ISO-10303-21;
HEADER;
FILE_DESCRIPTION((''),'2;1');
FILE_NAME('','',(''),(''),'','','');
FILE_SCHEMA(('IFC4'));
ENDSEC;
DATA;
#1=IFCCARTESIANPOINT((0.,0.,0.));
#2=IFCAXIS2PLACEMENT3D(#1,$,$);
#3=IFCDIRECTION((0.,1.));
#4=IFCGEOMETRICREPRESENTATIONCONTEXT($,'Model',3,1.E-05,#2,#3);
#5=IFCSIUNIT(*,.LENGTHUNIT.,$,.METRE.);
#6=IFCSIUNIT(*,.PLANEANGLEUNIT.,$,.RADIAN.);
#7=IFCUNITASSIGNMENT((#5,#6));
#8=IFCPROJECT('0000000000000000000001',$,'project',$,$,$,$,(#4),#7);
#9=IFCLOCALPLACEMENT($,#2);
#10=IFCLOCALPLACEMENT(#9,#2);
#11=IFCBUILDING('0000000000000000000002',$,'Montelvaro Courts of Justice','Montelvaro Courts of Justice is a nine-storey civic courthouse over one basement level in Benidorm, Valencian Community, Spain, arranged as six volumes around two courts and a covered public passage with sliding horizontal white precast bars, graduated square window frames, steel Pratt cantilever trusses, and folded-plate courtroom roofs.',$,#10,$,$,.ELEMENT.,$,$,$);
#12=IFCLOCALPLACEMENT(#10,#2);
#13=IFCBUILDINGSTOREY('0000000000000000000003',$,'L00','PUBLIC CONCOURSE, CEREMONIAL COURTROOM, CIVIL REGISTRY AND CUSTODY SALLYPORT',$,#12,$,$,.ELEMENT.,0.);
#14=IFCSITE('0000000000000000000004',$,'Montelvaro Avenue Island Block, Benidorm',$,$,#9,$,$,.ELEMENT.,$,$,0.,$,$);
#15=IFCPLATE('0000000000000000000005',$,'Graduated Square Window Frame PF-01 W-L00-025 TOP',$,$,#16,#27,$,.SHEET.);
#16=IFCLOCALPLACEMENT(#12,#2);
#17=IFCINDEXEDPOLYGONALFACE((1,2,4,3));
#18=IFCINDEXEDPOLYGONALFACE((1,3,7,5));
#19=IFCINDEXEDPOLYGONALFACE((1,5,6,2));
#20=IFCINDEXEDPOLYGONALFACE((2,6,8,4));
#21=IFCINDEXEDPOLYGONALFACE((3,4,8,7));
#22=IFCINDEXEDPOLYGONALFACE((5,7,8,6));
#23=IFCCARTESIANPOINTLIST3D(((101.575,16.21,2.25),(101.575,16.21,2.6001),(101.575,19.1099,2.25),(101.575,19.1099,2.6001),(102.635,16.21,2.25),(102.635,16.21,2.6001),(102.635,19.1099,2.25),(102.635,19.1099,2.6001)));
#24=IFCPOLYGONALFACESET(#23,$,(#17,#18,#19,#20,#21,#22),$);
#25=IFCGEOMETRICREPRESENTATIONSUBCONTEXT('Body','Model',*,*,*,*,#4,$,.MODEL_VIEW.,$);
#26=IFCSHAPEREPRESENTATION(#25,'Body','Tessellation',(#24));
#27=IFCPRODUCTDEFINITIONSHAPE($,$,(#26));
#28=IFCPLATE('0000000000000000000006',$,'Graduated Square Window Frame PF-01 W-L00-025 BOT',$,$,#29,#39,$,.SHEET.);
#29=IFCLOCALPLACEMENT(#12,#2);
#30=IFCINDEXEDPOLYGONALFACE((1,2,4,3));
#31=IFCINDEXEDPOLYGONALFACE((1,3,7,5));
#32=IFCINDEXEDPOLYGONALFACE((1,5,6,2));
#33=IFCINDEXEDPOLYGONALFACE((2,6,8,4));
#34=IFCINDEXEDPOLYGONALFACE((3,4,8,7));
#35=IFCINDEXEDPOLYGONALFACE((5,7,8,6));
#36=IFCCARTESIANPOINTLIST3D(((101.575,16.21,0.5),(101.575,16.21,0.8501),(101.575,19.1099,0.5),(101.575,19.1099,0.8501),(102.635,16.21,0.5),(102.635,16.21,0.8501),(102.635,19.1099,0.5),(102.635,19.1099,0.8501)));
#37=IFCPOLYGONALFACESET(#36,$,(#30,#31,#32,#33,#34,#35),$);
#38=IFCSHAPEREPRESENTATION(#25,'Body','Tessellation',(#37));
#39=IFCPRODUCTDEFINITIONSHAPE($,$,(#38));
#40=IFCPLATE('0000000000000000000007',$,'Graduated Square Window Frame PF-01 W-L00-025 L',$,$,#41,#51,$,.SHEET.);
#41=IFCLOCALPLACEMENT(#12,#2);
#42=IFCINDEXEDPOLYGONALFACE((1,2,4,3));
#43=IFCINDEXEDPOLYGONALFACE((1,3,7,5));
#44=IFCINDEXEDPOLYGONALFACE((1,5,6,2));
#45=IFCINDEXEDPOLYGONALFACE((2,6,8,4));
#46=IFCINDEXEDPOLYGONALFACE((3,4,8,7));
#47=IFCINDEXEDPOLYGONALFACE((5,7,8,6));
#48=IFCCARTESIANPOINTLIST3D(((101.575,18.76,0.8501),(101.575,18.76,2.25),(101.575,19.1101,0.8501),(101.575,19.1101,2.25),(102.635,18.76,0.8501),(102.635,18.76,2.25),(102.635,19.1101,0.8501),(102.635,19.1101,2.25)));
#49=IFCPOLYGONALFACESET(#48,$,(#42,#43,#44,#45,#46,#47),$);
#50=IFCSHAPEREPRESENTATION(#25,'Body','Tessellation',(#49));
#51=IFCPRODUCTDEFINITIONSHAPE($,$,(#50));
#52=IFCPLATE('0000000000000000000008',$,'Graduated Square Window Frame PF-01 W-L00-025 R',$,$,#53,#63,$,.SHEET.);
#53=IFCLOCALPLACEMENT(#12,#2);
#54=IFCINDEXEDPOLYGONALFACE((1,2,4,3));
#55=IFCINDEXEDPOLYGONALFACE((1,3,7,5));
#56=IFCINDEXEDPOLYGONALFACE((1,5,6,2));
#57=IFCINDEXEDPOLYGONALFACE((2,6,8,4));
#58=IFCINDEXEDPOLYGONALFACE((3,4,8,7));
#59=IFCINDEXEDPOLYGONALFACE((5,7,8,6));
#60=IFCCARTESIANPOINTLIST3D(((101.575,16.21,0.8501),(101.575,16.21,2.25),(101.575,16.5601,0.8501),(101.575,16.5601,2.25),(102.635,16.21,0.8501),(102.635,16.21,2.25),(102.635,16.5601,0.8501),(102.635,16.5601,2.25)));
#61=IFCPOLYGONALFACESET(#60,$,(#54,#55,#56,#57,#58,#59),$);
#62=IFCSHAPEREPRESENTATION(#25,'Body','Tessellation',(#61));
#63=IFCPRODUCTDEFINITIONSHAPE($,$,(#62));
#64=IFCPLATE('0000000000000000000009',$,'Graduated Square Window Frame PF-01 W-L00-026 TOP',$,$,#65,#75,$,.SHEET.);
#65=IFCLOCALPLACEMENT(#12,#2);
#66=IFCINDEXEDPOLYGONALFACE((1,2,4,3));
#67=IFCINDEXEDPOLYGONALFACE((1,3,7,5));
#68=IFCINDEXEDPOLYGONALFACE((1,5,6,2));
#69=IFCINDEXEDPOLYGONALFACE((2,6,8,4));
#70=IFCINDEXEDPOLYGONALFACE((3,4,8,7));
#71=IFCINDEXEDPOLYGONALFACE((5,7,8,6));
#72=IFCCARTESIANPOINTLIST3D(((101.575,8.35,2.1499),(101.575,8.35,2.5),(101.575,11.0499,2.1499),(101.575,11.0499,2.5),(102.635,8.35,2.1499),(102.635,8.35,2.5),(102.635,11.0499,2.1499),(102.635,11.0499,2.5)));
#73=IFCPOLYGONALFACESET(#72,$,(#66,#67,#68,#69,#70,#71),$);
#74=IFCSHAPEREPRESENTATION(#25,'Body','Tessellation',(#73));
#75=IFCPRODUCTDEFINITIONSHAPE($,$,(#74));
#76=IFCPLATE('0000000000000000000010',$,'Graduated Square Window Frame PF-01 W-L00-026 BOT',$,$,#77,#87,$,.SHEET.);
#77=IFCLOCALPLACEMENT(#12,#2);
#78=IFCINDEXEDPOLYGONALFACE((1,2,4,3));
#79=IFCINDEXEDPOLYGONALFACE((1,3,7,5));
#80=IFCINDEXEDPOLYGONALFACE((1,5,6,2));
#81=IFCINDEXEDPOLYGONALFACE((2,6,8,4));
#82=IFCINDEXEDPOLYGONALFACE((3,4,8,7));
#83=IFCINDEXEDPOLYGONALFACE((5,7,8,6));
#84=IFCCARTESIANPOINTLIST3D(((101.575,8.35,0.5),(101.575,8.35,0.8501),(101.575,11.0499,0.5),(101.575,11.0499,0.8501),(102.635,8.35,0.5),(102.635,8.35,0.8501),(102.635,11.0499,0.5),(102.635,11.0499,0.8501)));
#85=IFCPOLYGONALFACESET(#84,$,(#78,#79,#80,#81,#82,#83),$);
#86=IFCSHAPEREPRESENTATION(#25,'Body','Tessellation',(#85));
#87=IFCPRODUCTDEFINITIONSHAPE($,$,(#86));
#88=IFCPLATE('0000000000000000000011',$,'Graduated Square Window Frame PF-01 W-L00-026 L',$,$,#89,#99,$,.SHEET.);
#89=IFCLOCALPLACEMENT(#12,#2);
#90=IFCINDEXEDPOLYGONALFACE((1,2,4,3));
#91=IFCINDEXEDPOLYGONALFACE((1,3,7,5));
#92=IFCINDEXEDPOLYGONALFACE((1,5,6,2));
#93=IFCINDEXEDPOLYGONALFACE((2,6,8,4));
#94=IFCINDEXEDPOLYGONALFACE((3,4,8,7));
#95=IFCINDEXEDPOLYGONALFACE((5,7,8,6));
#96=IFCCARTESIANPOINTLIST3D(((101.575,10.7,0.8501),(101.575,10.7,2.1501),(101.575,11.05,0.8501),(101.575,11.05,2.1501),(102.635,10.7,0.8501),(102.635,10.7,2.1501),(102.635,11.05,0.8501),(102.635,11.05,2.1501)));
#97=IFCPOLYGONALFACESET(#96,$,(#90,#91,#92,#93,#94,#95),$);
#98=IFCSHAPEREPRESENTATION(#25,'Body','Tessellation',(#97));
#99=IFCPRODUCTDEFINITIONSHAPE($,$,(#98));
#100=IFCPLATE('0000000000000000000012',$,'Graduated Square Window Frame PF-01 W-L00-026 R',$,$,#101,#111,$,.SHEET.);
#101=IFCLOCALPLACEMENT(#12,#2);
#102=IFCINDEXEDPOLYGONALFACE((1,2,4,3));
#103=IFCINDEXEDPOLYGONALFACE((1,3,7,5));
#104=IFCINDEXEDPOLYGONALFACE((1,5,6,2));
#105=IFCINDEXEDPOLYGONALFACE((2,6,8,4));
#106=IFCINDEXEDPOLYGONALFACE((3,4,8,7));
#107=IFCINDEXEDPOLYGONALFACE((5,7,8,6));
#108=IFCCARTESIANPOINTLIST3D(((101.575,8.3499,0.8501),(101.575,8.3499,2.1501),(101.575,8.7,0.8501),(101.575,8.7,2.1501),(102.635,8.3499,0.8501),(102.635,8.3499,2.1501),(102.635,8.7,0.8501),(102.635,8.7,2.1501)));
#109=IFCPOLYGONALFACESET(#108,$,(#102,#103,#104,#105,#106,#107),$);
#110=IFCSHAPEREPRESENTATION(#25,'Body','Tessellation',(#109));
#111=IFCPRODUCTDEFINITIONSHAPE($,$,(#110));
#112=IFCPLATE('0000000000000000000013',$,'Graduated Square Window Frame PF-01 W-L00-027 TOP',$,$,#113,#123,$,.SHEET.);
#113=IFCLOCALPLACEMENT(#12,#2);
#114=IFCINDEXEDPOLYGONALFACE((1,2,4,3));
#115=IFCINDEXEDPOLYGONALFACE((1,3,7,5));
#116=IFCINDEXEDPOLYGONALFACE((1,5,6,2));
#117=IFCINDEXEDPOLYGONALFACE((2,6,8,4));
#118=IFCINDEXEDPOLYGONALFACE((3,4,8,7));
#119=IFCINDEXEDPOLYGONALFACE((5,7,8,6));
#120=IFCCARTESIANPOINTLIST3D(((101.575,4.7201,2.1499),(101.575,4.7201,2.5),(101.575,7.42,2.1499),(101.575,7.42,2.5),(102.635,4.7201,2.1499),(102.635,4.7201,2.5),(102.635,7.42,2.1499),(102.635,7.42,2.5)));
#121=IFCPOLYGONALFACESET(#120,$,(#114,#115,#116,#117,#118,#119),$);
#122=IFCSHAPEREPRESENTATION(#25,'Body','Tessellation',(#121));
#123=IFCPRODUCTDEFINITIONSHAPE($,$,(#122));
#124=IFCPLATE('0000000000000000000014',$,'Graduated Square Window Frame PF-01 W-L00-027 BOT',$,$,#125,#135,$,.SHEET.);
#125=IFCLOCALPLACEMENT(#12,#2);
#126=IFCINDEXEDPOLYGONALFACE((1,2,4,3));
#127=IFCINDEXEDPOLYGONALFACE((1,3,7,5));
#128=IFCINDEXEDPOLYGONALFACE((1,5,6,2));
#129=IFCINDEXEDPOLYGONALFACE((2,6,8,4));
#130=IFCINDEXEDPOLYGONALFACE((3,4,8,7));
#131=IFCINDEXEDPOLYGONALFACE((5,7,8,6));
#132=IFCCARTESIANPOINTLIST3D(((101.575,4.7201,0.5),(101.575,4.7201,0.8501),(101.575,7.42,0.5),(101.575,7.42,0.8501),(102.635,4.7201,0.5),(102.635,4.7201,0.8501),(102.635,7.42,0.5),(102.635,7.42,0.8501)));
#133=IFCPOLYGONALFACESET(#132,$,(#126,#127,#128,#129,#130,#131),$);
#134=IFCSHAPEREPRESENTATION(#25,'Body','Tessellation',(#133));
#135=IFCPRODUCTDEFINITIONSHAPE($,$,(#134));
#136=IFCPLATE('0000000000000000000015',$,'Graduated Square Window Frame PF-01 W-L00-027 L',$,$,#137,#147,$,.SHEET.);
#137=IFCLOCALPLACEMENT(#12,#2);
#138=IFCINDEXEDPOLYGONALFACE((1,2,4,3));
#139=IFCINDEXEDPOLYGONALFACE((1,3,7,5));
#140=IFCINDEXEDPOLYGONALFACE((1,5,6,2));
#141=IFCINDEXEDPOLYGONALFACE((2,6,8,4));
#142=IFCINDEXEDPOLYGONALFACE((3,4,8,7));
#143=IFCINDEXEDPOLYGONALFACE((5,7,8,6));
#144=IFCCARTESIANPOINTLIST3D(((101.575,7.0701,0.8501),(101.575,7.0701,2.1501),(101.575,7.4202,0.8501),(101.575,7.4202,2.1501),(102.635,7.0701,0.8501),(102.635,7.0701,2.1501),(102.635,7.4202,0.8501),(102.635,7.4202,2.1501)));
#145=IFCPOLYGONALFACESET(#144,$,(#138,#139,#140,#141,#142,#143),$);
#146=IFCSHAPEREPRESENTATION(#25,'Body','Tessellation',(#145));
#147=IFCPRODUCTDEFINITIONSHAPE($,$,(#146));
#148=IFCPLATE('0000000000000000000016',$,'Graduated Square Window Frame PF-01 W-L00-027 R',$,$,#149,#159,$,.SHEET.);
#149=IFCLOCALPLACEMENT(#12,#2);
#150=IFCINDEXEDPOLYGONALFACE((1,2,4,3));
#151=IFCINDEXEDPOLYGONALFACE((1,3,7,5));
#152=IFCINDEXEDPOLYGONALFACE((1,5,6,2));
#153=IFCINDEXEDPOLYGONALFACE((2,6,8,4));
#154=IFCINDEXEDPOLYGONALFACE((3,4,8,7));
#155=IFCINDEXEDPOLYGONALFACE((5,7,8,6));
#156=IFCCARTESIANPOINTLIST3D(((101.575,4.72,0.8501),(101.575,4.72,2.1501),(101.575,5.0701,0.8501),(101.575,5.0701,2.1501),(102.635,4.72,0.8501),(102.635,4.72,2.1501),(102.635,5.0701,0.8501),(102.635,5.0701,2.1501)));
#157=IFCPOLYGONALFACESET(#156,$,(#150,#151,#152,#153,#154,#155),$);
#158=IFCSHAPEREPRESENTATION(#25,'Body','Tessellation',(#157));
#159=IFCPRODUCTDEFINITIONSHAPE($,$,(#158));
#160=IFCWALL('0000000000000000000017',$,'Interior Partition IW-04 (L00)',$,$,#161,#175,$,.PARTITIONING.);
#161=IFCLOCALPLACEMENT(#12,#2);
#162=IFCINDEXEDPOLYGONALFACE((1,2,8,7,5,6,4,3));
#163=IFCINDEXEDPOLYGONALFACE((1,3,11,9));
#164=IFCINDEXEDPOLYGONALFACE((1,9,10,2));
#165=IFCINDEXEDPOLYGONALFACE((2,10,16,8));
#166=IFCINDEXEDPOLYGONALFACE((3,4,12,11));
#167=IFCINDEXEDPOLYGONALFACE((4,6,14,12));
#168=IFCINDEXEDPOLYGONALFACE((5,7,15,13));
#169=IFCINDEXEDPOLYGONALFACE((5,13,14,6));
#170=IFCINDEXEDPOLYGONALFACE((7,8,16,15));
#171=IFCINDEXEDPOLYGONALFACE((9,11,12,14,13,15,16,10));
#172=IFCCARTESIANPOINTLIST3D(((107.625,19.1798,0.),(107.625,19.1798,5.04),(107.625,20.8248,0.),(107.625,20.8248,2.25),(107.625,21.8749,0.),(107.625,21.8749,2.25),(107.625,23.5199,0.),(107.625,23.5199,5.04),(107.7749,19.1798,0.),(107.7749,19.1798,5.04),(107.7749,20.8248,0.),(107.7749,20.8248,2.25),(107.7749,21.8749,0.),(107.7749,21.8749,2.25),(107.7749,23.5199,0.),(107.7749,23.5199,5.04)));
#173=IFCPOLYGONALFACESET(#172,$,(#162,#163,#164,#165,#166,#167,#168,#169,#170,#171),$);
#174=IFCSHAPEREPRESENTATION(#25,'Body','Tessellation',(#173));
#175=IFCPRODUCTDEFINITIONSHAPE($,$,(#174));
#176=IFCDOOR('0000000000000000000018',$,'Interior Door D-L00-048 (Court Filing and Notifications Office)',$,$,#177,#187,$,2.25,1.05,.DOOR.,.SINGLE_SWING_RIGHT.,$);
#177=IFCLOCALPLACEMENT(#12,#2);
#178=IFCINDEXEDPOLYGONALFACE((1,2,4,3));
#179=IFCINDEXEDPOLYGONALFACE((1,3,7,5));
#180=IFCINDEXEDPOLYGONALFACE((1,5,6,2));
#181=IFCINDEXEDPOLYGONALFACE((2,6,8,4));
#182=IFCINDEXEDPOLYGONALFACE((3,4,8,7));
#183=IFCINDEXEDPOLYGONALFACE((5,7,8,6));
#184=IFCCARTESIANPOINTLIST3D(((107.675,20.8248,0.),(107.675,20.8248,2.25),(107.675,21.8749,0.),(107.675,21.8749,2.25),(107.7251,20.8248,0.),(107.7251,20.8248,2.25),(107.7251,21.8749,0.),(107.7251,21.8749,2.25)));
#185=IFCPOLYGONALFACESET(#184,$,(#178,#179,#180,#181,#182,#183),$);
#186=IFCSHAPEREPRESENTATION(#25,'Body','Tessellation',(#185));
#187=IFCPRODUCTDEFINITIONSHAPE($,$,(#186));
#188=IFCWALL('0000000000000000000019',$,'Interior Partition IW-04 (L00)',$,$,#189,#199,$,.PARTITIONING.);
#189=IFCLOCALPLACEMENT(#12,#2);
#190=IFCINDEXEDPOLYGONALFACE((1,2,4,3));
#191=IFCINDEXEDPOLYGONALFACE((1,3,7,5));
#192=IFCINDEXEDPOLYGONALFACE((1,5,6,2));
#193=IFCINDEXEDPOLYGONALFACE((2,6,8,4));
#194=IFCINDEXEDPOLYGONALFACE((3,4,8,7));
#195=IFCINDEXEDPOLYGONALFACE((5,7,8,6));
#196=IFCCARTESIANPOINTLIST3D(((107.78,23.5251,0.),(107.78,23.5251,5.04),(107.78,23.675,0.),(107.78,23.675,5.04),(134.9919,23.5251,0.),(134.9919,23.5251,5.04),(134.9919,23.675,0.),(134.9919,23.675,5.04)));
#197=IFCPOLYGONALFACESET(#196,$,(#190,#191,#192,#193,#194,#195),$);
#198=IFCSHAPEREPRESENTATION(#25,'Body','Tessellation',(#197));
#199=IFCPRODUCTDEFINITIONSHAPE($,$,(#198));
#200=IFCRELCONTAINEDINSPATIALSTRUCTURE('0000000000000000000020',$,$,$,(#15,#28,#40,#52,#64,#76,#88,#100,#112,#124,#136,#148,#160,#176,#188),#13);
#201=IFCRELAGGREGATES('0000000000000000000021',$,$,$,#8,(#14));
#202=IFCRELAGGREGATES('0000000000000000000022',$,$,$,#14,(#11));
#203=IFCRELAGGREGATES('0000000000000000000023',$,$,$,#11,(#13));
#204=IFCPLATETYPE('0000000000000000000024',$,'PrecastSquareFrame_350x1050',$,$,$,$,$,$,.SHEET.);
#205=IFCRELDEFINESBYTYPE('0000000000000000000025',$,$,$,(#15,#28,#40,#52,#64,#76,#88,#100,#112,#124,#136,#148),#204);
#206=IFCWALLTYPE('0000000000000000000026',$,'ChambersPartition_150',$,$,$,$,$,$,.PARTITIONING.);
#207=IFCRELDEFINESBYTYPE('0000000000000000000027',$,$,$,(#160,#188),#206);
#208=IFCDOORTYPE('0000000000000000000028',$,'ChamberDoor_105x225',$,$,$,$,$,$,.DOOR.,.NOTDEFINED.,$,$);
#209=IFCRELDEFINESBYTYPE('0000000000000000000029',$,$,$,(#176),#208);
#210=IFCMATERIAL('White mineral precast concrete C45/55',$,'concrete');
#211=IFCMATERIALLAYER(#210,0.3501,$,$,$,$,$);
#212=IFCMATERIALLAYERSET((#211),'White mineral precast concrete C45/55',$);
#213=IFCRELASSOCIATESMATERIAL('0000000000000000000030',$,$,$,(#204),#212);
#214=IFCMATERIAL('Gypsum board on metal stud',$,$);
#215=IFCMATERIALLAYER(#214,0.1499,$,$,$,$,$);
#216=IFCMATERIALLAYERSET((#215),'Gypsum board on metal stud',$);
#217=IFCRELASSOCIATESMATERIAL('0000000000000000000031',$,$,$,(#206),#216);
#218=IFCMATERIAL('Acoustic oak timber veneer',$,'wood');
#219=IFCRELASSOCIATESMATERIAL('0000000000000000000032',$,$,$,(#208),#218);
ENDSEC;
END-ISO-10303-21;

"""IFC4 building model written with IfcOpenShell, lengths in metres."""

from ifc_helpers import new_model, si_unit, direction, frame, frame_2d, origin, origin_2d, place, context, subcontext, project, spatial, rectangle, extrude, material, layer, layer_set, type_object, element, fill, save


model = new_model("IFC4")

# Units and contexts
model_context = context("Model", 3, precision=1e-05, world=origin(), true_north=direction((0.0, 1.0)))
body_context = subcontext(model_context, "Body", "Model", "MODEL_VIEW")
ifc_project = project(units=[si_unit("LENGTHUNIT", "METRE"), si_unit("PLANEANGLEUNIT", "RADIAN")], contexts=[model_context])

# Site, building, storey
site_placement = place(None, origin())
site = spatial("IfcSite", under=ifc_project, at=site_placement, Name="Montelvaro Avenue Island Block, Benidorm", CompositionType="ELEMENT", RefElevation=0.0)
building_placement = place(site_placement, origin())
building = spatial("IfcBuilding", under=site, at=building_placement, Name="Montelvaro Courts of Justice", Description="Montelvaro Courts of Justice is a nine-storey civic courthouse over one basement level in Benidorm, Valencian Community, Spain, arranged as six volumes around two courts and a covered public passage with sliding horizontal white precast bars, graduated square window frames, steel Pratt cantilever trusses, and folded-plate courtroom roofs.", CompositionType="ELEMENT")
storey_placement = place(building_placement, origin())
storey = spatial("IfcBuildingStorey", under=building, at=storey_placement, Name="L00", Description="PUBLIC CONCOURSE, CEREMONIAL COURTROOM, CIVIL REGISTRY AND CUSTODY SALLYPORT", CompositionType="ELEMENT", Elevation=0.0)

# Plates
ifc_material_1 = material(Name="White mineral precast concrete C45/55", Category="concrete")
ifc_layer_1 = layer(ifc_material_1, 0.3501)
ifc_layer_set_1 = layer_set([ifc_layer_1], Name="White mineral precast concrete C45/55")
plate_type = type_object("IfcPlateType", Name="PrecastSquareFrame_350x1050", PredefinedType="SHEET", material=ifc_layer_set_1)
for number, where, z_axis, x_axis, name in (
    (1, (102.105, 17.6599, 2.25), (0.0, 0.0, 1.0), (0.0, -1.0, 0.0), "Graduated Square Window Frame PF-01 W-L00-025 TOP"),
    (2, (102.105, 17.6599, 0.5), (0.0, 0.0, 1.0), (0.0, -1.0, 0.0), "Graduated Square Window Frame PF-01 W-L00-025 BOT"),
):
    element("IfcPlate", number, at=place(storey_placement, frame(where, z_axis=z_axis, x_axis=x_axis)), inside=storey, type_object=plate_type, Name=name, PredefinedType="SHEET", context=body_context, shape_type="SweptSolid", body=[
        extrude(rectangle(XDim=2.8999, YDim=1.0601, at=origin_2d()), origin(), (0.0, 0.0, 1.0), 0.3501),
    ])
for number, where, z_axis, x_axis, name in (
    (3, (102.105, 18.9351, 0.8501), (0.0, 0.0, 1.0), (0.0, -1.0, 0.0), "Graduated Square Window Frame PF-01 W-L00-025 L"),
    (4, (102.105, 16.385, 0.8501), (0.0, 0.0, 1.0), (0.0, -1.0, 0.0), "Graduated Square Window Frame PF-01 W-L00-025 R"),
):
    element("IfcPlate", number, at=place(storey_placement, frame(where, z_axis=z_axis, x_axis=x_axis)), inside=storey, type_object=plate_type, Name=name, PredefinedType="SHEET", context=body_context, shape_type="SweptSolid", body=[
        extrude(rectangle(XDim=0.3501, YDim=1.0601, at=origin_2d()), origin(), (0.0, 0.0, 1.0), 1.3999),
    ])
for number, where, z_axis, x_axis, name in (
    (5, (102.105, 9.7, 2.1499), (0.0, 0.0, 1.0), (0.0, -1.0, 0.0), "Graduated Square Window Frame PF-01 W-L00-026 TOP"),
    (6, (102.105, 9.7, 0.5), (0.0, 0.0, 1.0), (0.0, -1.0, 0.0), "Graduated Square Window Frame PF-01 W-L00-026 BOT"),
):
    element("IfcPlate", number, at=place(storey_placement, frame(where, z_axis=z_axis, x_axis=x_axis)), inside=storey, type_object=plate_type, Name=name, PredefinedType="SHEET", context=body_context, shape_type="SweptSolid", body=[
        extrude(rectangle(XDim=2.7, YDim=1.0601, at=origin_2d()), origin(), (0.0, 0.0, 1.0), 0.3501),
    ])
for number, where, z_axis, x_axis, name in (
    (7, (102.105, 10.875, 0.8501), (0.0, 0.0, 1.0), (0.0, -1.0, 0.0), "Graduated Square Window Frame PF-01 W-L00-026 L"),
    (8, (102.105, 8.5249, 0.8501), (0.0, 0.0, 1.0), (0.0, -1.0, 0.0), "Graduated Square Window Frame PF-01 W-L00-026 R"),
):
    element("IfcPlate", number, at=place(storey_placement, frame(where, z_axis=z_axis, x_axis=x_axis)), inside=storey, type_object=plate_type, Name=name, PredefinedType="SHEET", context=body_context, shape_type="SweptSolid", body=[
        extrude(rectangle(XDim=0.3501, YDim=1.0601, at=origin_2d()), origin(), (0.0, 0.0, 1.0), 1.3),
    ])
for number, where, z_axis, x_axis, name in (
    (9, (102.105, 6.0701, 2.1499), (0.0, 0.0, 1.0), (0.0, -1.0, 0.0), "Graduated Square Window Frame PF-01 W-L00-027 TOP"),
    (10, (102.105, 6.0701, 0.5), (0.0, 0.0, 1.0), (0.0, -1.0, 0.0), "Graduated Square Window Frame PF-01 W-L00-027 BOT"),
):
    element("IfcPlate", number, at=place(storey_placement, frame(where, z_axis=z_axis, x_axis=x_axis)), inside=storey, type_object=plate_type, Name=name, PredefinedType="SHEET", context=body_context, shape_type="SweptSolid", body=[
        extrude(rectangle(XDim=2.7, YDim=1.0601, at=origin_2d()), origin(), (0.0, 0.0, 1.0), 0.3501),
    ])
for number, where, z_axis, x_axis, name in (
    (11, (102.105, 7.2451, 0.8501), (0.0, 0.0, 1.0), (0.0, -1.0, 0.0), "Graduated Square Window Frame PF-01 W-L00-027 L"),
    (12, (102.105, 4.895, 0.8501), (0.0, 0.0, 1.0), (0.0, -1.0, 0.0), "Graduated Square Window Frame PF-01 W-L00-027 R"),
):
    element("IfcPlate", number, at=place(storey_placement, frame(where, z_axis=z_axis, x_axis=x_axis)), inside=storey, type_object=plate_type, Name=name, PredefinedType="SHEET", context=body_context, shape_type="SweptSolid", body=[
        extrude(rectangle(XDim=0.3501, YDim=1.0601, at=origin_2d()), origin(), (0.0, 0.0, 1.0), 1.3),
    ])

# Wall, opening, door
ifc_material_2 = material(Name="Gypsum board on metal stud")
ifc_layer_2 = layer(ifc_material_2, 0.1499)
ifc_layer_set_2 = layer_set([ifc_layer_2], Name="Gypsum board on metal stud")
wall_type_1 = type_object("IfcWallType", Name="ChambersPartition_150", PredefinedType="PARTITIONING", material=ifc_layer_set_2)
wall_1_placement = place(storey_placement, frame((107.7, 19.1799, 0.0), z_axis=(0.0, 0.0, 1.0), x_axis=(0.0, 1.0, 0.0)))
wall_1 = element("IfcWall", 13, at=wall_1_placement, inside=storey, type_object=wall_type_1, Name="Interior Partition IW-04 (L00)", PredefinedType="PARTITIONING", context=body_context, shape_type="SweptSolid", body=[
    extrude(rectangle(XDim=4.3401, YDim=0.1499, at=frame_2d((2.1699, 0.0))), origin(), (0.0, 0.0, 1.0), 5.04),
])
opening_1_placement = place(wall_1_placement, frame((1.645, 0.0, 0.0)))
opening_1 = element("IfcOpeningElement", 14, at=opening_1_placement, cuts=wall_1, PredefinedType="OPENING", context=body_context, shape_type="SweptSolid", body=[
    extrude(rectangle(XDim=1.05, YDim=2.25, at=frame_2d((0.5249, 1.125))), frame((0.0, 0.0898, 0.0), z_axis=(0.0, -1.0, 0.0), x_axis=(1.0, 0.0, 0.0)), (0.0, 0.0, 1.0), 0.1797),
])
ifc_material_3 = material(Name="Acoustic oak timber veneer", Category="wood")
door_type = type_object("IfcDoorType", Name="ChamberDoor_105x225", OperationType="NOTDEFINED", PredefinedType="DOOR", material=ifc_material_3)
door_placement = place(opening_1_placement, origin())
door = element("IfcDoor", 15, at=door_placement, inside=storey, type_object=door_type, Name="Interior Door D-L00-048 (Court Filing and Notifications Office)", OperationType="SINGLE_SWING_RIGHT", OverallHeight=2.25, OverallWidth=1.05, PredefinedType="DOOR", context=body_context, shape_type="SweptSolid", body=[
    extrude(rectangle(XDim=1.05, YDim=2.25, at=frame_2d((0.5249, 1.125))), frame((0.0, 0.0249, 0.0), z_axis=(0.0, -1.0, 0.0), x_axis=(1.0, 0.0, 0.0)), (0.0, 0.0, 1.0), 0.05),
])
fill(opening_1, door)

# Wall
wall_2_placement = place(storey_placement, frame((107.78, 23.6001, 0.0), z_axis=(0.0, 0.0, 1.0), x_axis=(1.0, 0.0, 0.0)))
element("IfcWall", 16, at=wall_2_placement, inside=storey, type_object=wall_type_1, Name="Interior Partition IW-04 (L00)", PredefinedType="PARTITIONING", context=body_context, shape_type="SweptSolid", body=[
    extrude(rectangle(XDim=27.2119, YDim=0.1499, at=frame_2d((13.606, 0.0))), origin(), (0.0, 0.0, 1.0), 5.04),
])

save(model, "model.ifc")
